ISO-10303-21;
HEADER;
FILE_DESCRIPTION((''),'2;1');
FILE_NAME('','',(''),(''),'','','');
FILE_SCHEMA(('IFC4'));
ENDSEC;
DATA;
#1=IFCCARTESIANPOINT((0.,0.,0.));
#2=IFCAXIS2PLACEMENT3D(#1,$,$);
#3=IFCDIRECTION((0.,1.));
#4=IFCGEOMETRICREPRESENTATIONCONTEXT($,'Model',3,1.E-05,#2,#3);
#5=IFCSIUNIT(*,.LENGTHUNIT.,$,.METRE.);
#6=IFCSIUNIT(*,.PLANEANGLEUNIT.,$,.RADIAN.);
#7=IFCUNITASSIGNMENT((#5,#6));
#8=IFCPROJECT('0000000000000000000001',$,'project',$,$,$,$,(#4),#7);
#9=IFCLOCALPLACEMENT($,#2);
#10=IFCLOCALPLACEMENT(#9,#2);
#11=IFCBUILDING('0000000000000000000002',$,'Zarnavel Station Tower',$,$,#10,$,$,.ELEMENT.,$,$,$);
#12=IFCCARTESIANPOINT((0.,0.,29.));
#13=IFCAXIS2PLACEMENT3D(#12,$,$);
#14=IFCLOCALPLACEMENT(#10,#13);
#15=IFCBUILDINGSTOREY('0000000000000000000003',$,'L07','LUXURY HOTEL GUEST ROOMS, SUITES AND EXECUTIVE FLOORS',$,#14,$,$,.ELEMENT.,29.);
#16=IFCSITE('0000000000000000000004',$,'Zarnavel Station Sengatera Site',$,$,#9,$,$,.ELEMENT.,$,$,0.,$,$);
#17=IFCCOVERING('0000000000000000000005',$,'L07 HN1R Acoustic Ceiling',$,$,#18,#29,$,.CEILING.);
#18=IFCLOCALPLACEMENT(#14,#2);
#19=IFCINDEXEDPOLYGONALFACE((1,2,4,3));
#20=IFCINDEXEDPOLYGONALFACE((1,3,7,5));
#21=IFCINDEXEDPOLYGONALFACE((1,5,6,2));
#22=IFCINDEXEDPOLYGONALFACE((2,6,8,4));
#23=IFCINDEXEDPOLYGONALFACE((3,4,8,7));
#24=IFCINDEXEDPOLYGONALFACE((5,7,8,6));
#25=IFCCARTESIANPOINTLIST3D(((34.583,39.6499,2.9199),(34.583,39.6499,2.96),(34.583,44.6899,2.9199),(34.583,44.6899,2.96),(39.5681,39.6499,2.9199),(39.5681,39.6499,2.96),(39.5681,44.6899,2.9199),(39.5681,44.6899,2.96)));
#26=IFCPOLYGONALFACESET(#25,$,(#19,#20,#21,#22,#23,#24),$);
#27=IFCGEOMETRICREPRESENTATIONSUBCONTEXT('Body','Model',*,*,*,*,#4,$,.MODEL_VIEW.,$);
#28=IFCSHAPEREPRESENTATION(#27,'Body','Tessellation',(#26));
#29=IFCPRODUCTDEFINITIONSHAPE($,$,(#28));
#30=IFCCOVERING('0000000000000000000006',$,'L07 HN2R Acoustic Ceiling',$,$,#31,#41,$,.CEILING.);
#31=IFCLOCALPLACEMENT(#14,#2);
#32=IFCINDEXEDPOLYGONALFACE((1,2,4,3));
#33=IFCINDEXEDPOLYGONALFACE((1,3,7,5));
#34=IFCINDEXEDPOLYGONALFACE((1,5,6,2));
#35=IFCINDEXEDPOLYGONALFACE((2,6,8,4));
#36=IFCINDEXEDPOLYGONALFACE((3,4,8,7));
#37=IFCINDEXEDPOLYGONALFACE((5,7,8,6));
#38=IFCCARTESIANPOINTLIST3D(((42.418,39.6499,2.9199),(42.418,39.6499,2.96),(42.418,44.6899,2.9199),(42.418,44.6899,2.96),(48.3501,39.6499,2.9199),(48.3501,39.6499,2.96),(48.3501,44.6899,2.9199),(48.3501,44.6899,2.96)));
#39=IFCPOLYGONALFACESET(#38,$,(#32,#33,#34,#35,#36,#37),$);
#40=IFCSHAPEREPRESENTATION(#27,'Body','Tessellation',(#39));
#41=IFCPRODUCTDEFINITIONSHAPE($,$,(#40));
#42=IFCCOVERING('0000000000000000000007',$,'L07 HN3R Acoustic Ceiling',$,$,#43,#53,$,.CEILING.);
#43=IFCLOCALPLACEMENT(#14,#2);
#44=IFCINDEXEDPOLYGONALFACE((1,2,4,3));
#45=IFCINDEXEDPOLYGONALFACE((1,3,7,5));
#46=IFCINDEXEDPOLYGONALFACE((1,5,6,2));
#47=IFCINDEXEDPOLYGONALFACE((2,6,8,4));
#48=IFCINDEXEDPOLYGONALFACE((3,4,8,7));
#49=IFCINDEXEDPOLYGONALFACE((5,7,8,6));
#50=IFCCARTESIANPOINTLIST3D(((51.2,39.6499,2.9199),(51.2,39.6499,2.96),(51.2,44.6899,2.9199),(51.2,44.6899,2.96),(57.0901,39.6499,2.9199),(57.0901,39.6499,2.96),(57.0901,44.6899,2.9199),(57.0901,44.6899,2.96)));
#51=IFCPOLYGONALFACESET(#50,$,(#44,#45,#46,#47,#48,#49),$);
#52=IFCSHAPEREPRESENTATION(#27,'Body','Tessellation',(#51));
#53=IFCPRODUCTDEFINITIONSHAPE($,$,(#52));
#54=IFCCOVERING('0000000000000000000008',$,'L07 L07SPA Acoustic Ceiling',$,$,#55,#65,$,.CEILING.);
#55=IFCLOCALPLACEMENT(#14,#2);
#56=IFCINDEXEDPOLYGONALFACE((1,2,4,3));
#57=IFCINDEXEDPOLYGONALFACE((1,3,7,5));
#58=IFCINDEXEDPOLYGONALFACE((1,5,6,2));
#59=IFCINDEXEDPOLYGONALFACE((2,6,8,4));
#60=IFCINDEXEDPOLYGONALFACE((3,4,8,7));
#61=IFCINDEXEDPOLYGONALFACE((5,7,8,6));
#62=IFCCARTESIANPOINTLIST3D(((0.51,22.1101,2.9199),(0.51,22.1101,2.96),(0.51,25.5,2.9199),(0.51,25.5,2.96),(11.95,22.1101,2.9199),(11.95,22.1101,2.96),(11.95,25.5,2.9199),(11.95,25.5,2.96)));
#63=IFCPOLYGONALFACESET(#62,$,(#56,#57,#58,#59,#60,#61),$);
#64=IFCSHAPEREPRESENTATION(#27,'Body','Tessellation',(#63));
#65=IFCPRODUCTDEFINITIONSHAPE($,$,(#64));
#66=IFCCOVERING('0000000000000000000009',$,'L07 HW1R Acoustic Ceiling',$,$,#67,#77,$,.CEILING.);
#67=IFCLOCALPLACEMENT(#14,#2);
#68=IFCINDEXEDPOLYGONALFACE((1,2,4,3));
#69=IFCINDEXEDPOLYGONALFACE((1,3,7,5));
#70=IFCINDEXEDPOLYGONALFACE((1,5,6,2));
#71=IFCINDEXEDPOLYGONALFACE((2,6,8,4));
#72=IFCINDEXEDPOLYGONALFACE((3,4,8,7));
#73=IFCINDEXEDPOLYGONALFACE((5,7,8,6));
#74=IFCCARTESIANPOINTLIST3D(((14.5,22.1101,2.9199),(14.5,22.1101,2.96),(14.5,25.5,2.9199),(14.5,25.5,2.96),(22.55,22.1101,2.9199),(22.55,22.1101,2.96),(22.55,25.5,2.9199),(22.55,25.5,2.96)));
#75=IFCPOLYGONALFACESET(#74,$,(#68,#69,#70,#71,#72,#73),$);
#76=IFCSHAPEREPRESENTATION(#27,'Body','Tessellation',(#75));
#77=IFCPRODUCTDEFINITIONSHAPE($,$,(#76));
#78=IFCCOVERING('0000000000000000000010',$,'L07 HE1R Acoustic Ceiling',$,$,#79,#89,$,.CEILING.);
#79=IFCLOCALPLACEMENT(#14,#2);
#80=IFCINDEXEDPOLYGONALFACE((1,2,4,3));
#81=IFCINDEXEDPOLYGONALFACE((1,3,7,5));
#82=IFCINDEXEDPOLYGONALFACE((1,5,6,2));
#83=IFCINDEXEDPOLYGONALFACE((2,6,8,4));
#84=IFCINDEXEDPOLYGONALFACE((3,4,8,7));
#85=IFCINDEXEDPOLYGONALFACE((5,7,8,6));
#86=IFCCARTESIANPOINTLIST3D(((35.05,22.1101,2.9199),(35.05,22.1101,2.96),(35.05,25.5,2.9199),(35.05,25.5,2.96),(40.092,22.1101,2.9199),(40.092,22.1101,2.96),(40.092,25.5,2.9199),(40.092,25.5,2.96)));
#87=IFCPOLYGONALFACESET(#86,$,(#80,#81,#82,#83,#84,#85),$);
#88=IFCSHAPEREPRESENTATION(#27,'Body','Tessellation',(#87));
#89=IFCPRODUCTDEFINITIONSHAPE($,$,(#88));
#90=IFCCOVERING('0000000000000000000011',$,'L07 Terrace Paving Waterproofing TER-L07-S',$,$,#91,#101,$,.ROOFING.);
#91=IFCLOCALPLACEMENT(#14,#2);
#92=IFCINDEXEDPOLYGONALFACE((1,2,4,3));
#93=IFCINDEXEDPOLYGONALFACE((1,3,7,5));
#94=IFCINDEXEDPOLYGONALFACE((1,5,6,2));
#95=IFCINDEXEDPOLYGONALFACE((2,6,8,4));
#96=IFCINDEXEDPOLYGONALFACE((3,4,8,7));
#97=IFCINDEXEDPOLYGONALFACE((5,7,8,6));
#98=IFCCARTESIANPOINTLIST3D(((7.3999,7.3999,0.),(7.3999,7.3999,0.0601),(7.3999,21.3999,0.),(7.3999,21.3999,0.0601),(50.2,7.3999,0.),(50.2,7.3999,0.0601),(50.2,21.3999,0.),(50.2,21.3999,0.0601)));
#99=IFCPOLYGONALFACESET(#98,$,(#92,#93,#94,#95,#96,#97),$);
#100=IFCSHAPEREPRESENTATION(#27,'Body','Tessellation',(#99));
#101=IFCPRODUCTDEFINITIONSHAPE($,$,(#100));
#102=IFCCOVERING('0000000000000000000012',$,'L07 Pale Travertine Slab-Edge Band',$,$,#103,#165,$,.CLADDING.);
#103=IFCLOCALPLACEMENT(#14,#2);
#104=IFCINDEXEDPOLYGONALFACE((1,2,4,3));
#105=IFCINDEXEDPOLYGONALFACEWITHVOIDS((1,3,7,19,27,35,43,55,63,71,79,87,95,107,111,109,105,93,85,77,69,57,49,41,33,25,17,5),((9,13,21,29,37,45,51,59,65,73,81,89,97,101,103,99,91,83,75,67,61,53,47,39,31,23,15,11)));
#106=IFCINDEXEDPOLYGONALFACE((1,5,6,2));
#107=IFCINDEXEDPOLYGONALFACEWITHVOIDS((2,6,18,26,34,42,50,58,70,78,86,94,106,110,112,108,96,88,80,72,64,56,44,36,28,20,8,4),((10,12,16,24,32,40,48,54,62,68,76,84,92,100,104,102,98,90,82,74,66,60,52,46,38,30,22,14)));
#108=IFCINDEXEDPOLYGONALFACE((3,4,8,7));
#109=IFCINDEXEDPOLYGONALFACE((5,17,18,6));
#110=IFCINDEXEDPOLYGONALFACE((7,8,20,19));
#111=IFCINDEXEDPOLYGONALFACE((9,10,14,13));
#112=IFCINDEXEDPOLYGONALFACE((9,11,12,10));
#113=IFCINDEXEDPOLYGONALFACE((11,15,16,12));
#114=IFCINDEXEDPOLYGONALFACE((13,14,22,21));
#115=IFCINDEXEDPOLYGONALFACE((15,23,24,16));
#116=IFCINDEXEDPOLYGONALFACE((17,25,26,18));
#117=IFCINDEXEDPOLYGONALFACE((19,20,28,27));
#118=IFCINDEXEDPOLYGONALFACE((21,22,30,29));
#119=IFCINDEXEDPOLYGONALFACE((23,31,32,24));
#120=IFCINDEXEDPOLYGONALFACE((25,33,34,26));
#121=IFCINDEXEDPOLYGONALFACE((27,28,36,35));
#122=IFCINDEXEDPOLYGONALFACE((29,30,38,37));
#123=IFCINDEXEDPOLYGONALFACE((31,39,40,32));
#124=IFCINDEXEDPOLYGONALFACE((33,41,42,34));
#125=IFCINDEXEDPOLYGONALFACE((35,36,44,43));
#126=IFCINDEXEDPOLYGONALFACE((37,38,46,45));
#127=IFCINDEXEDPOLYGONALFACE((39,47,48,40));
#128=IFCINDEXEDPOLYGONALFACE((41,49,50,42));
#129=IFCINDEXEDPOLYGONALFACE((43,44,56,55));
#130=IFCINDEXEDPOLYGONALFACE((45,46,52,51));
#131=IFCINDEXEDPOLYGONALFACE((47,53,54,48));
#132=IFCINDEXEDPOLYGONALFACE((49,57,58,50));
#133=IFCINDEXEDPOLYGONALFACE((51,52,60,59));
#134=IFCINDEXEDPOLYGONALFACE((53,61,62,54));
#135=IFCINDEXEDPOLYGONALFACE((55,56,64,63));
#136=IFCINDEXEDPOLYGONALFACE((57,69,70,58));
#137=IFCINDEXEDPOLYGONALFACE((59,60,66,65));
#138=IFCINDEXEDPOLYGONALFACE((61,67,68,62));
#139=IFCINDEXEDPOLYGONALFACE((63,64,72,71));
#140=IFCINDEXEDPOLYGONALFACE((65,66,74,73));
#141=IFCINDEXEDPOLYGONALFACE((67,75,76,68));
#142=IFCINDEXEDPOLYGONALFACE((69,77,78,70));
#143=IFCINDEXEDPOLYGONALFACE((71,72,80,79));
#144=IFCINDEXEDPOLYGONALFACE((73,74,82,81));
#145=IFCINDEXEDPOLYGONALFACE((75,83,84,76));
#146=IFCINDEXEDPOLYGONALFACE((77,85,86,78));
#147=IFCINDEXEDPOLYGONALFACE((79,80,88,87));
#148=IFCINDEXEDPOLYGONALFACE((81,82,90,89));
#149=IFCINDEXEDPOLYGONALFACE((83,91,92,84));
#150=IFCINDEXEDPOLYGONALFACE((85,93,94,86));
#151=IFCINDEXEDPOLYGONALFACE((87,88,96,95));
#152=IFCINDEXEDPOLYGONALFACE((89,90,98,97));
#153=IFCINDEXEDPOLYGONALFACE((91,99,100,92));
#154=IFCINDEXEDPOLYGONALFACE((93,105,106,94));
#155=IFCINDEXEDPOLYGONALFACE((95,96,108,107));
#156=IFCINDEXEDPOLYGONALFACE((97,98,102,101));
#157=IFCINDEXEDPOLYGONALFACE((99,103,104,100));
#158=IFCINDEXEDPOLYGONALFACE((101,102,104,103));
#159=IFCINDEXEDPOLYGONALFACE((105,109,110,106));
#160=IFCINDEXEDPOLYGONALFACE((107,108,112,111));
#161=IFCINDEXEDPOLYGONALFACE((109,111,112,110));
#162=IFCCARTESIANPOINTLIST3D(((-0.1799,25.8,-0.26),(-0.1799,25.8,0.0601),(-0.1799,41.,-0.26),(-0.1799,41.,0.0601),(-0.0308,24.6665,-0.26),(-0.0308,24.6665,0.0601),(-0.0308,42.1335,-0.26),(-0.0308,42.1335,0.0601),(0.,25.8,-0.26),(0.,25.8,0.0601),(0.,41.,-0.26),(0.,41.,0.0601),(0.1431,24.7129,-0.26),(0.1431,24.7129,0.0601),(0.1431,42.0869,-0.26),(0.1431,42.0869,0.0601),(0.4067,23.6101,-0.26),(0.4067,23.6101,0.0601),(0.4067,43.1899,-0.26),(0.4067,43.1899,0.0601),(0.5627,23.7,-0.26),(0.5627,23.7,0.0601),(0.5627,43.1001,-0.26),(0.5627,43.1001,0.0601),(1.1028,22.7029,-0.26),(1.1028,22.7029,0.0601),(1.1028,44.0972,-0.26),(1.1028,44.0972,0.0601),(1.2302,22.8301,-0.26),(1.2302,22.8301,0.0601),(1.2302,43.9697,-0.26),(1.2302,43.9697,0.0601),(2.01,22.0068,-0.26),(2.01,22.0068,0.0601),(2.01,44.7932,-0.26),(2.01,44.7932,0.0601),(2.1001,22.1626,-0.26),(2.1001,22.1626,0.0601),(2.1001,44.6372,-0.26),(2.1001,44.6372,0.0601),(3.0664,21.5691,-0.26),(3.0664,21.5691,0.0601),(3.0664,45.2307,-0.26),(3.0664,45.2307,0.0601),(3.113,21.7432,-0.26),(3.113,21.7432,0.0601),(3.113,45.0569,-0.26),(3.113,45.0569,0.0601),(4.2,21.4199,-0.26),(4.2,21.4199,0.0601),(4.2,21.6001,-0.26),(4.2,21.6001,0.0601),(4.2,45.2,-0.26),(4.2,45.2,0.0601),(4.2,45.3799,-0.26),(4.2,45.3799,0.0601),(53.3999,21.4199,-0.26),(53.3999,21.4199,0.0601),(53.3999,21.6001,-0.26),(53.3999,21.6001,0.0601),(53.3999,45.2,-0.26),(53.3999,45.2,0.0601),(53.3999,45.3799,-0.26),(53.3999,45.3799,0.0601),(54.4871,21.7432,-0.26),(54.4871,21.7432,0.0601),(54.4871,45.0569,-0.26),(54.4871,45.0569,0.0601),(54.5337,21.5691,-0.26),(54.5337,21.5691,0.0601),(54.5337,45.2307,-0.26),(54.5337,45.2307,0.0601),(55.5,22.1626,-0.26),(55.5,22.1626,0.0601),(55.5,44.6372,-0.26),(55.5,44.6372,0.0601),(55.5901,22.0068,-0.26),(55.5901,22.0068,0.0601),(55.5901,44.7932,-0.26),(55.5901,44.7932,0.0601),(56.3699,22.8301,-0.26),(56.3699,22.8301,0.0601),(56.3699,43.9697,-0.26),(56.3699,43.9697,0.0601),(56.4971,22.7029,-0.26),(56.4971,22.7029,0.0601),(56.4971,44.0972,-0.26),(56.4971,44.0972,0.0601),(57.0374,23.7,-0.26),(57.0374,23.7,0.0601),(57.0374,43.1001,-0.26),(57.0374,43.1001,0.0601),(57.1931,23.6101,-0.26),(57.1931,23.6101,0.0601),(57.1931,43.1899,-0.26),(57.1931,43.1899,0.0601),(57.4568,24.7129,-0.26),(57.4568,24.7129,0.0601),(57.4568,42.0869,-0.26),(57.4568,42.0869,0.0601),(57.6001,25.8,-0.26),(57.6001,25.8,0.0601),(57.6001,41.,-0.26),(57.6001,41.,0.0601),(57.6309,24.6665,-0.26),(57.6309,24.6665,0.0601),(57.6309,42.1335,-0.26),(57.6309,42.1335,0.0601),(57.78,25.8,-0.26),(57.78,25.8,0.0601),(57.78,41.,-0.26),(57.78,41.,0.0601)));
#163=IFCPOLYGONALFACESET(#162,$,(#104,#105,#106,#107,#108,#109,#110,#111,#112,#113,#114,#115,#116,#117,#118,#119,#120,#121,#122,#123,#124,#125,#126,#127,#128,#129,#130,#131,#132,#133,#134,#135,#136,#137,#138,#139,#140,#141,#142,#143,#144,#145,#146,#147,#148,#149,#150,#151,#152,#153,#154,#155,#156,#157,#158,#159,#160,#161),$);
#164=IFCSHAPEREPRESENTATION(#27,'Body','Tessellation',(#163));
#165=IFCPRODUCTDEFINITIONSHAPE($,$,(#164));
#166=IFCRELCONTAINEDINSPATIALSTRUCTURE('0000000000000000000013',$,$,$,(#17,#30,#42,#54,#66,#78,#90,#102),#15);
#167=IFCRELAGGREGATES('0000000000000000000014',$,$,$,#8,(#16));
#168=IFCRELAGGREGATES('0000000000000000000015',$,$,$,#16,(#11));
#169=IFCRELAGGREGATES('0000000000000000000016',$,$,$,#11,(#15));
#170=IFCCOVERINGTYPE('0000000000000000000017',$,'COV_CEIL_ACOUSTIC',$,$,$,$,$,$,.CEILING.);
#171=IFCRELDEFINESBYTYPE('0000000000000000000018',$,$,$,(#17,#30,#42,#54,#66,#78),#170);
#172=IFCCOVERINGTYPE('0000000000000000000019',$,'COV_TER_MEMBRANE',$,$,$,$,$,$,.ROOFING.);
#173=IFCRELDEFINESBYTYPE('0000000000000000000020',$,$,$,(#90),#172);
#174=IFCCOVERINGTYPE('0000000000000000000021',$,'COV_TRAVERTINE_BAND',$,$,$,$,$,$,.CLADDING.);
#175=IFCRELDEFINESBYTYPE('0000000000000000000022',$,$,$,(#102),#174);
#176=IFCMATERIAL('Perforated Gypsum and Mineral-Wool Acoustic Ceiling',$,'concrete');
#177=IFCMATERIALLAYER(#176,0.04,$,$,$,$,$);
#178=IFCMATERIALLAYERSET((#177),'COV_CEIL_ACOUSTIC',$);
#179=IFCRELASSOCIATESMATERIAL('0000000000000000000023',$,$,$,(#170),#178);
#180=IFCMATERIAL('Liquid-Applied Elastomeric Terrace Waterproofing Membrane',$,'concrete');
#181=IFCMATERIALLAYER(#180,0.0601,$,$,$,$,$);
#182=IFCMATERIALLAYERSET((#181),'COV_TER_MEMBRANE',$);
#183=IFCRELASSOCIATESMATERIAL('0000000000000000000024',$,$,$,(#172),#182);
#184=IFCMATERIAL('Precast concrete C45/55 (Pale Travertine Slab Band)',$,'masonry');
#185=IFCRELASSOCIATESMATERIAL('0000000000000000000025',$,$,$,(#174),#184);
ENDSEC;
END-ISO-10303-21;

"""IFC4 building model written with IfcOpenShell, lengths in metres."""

from ifc_helpers import new_model, si_unit, direction, frame, origin, place, context, subcontext, project, spatial, polyline, outline, extrude, material, layer, layer_set, type_object, element, save


model = new_model("IFC4")

# Units and contexts
model_context = context("Model", 3, precision=1e-05, world=origin(), true_north=direction((0.0, 1.0)))
body_context = subcontext(model_context, "Body", "Model", "MODEL_VIEW")
ifc_project = project(units=[si_unit("LENGTHUNIT", "METRE"), si_unit("PLANEANGLEUNIT", "RADIAN")], contexts=[model_context])

# Site, building, storey
site_placement = place(None, origin())
site = spatial("IfcSite", under=ifc_project, at=site_placement, Name="Zarnavel Station Sengatera Site", CompositionType="ELEMENT", RefElevation=0.0)
building_placement = place(site_placement, origin())
building = spatial("IfcBuilding", under=site, at=building_placement, Name="Zarnavel Station Tower", CompositionType="ELEMENT")
storey_placement = place(building_placement, frame((0.0, 0.0, 29.0)))
storey = spatial("IfcBuildingStorey", under=building, at=storey_placement, Name="L07", Description="LUXURY HOTEL GUEST ROOMS, SUITES AND EXECUTIVE FLOORS", CompositionType="ELEMENT", Elevation=29.0)

# Coverings
ifc_material_1 = material(Name="Perforated Gypsum and Mineral-Wool Acoustic Ceiling", Category="concrete")
ifc_layer_1 = layer(ifc_material_1, 0.04)
ifc_layer_set_1 = layer_set([ifc_layer_1], Name="COV_CEIL_ACOUSTIC")
covering_type_1 = type_object("IfcCoveringType", Name="COV_CEIL_ACOUSTIC", PredefinedType="CEILING", material=ifc_layer_set_1)
covering_1_placement = place(storey_placement, frame((0.0, 0.0, 2.9199)))
element("IfcCovering", 1, at=covering_1_placement, inside=storey, type_object=covering_type_1, Name="L07 HN1R Acoustic Ceiling", PredefinedType="CEILING", context=body_context, shape_type="SweptSolid", body=[
    extrude(outline(polyline([(34.583, 39.6499), (39.5681, 39.6499), (39.5681, 44.6899), (34.583, 44.6899), (34.583, 39.6499)])), origin(), (0.0, 0.0, 1.0), 0.04),
])
covering_2_placement = place(storey_placement, frame((0.0, 0.0, 2.9199)))
element("IfcCovering", 2, at=covering_2_placement, inside=storey, type_object=covering_type_1, Name="L07 HN2R Acoustic Ceiling", PredefinedType="CEILING", context=body_context, shape_type="SweptSolid", body=[
    extrude(outline(polyline([(42.418, 39.6499), (48.3501, 39.6499), (48.3501, 44.6899), (42.418, 44.6899), (42.418, 39.6499)])), origin(), (0.0, 0.0, 1.0), 0.04),
])
covering_3_placement = place(storey_placement, frame((0.0, 0.0, 2.9199)))
element("IfcCovering", 3, at=covering_3_placement, inside=storey, type_object=covering_type_1, Name="L07 HN3R Acoustic Ceiling", PredefinedType="CEILING", context=body_context, shape_type="SweptSolid", body=[
    extrude(outline(polyline([(51.2, 39.6499), (57.0901, 39.6499), (57.0901, 44.6899), (51.2, 44.6899), (51.2, 39.6499)])), origin(), (0.0, 0.0, 1.0), 0.04),
])
covering_4_placement = place(storey_placement, frame((0.0, 0.0, 2.9199)))
element("IfcCovering", 4, at=covering_4_placement, inside=storey, type_object=covering_type_1, Name="L07 L07SPA Acoustic Ceiling", PredefinedType="CEILING", context=body_context, shape_type="SweptSolid", body=[
    extrude(outline(polyline([(0.51, 22.1101), (11.95, 22.1101), (11.95, 25.5), (0.51, 25.5), (0.51, 22.1101)])), origin(), (0.0, 0.0, 1.0), 0.04),
])
covering_5_placement = place(storey_placement, frame((0.0, 0.0, 2.9199)))
element("IfcCovering", 5, at=covering_5_placement, inside=storey, type_object=covering_type_1, Name="L07 HW1R Acoustic Ceiling", PredefinedType="CEILING", context=body_context, shape_type="SweptSolid", body=[
    extrude(outline(polyline([(14.5, 22.1101), (22.55, 22.1101), (22.55, 25.5), (14.5, 25.5), (14.5, 22.1101)])), origin(), (0.0, 0.0, 1.0), 0.04),
])
covering_6_placement = place(storey_placement, frame((0.0, 0.0, 2.9199)))
element("IfcCovering", 6, at=covering_6_placement, inside=storey, type_object=covering_type_1, Name="L07 HE1R Acoustic Ceiling", PredefinedType="CEILING", context=body_context, shape_type="SweptSolid", body=[
    extrude(outline(polyline([(35.05, 22.1101), (40.092, 22.1101), (40.092, 25.5), (35.05, 25.5), (35.05, 22.1101)])), origin(), (0.0, 0.0, 1.0), 0.04),
])
ifc_material_2 = material(Name="Liquid-Applied Elastomeric Terrace Waterproofing Membrane", Category="concrete")
ifc_layer_2 = layer(ifc_material_2, 0.0601)
ifc_layer_set_2 = layer_set([ifc_layer_2], Name="COV_TER_MEMBRANE")
covering_type_2 = type_object("IfcCoveringType", Name="COV_TER_MEMBRANE", PredefinedType="ROOFING", material=ifc_layer_set_2)
covering_7_placement = place(storey_placement, origin())
element("IfcCovering", 7, at=covering_7_placement, inside=storey, type_object=covering_type_2, Name="L07 Terrace Paving Waterproofing TER-L07-S", PredefinedType="ROOFING", context=body_context, shape_type="SweptSolid", body=[
    extrude(outline(polyline([(7.3999, 7.3999), (50.2, 7.3999), (50.2, 21.3999), (7.3999, 21.3999), (7.3999, 7.3999)])), origin(), (0.0, 0.0, 1.0), 0.0601),
])
ifc_material_3 = material(Name="Precast concrete C45/55 (Pale Travertine Slab Band)", Category="masonry")
covering_type_3 = type_object("IfcCoveringType", Name="COV_TRAVERTINE_BAND", PredefinedType="CLADDING", material=ifc_material_3)
covering_8_placement = place(storey_placement, frame((0.0, 0.0, -0.26)))
element("IfcCovering", 8, at=covering_8_placement, inside=storey, type_object=covering_type_3, Name="L07 Pale Travertine Slab-Edge Band", PredefinedType="CLADDING", context=body_context, shape_type="SweptSolid", body=[
    extrude(outline(polyline([(53.3999, 21.4199), (54.5337, 21.5691), (55.5901, 22.0068), (56.4971, 22.7029), (57.1931, 23.6101), (57.6309, 24.6665), (57.78, 25.8), (57.78, 41.0), (57.6309, 42.1335), (57.1931, 43.1899), (56.4971, 44.0972), (55.5901, 44.7932), (54.5337, 45.2307), (53.3999, 45.3799), (4.2, 45.3799), (3.0664, 45.2307), (2.01, 44.7932), (1.1028, 44.0972), (0.4067, 43.1899), (-0.0308, 42.1335), (-0.1799, 41.0), (-0.1799, 25.8), (-0.0308, 24.6665), (0.4067, 23.6101), (1.1028, 22.7029), (2.01, 22.0068), (3.0664, 21.5691), (4.2, 21.4199), (53.3999, 21.4199)]), holes=[polyline([(53.3999, 21.6001), (54.4871, 21.7432), (55.5, 22.1626), (56.3699, 22.8301), (57.0374, 23.7), (57.4568, 24.7129), (57.6001, 25.8), (57.6001, 41.0), (57.4568, 42.0869), (57.0374, 43.1001), (56.3699, 43.9697), (55.5, 44.6372), (54.4871, 45.0569), (53.3999, 45.2), (4.2, 45.2), (3.113, 45.0569), (2.1001, 44.6372), (1.2302, 43.9697), (0.5627, 43.1001), (0.1431, 42.0869), (0.0, 41.0), (0.0, 25.8), (0.1431, 24.7129), (0.5627, 23.7), (1.2302, 22.8301), (2.1001, 22.1626), (3.113, 21.7432), (4.2, 21.6001), (53.3999, 21.6001)])]), origin(), (0.0, 0.0, 1.0), 0.3201),
])

save(model, "model.ifc")
